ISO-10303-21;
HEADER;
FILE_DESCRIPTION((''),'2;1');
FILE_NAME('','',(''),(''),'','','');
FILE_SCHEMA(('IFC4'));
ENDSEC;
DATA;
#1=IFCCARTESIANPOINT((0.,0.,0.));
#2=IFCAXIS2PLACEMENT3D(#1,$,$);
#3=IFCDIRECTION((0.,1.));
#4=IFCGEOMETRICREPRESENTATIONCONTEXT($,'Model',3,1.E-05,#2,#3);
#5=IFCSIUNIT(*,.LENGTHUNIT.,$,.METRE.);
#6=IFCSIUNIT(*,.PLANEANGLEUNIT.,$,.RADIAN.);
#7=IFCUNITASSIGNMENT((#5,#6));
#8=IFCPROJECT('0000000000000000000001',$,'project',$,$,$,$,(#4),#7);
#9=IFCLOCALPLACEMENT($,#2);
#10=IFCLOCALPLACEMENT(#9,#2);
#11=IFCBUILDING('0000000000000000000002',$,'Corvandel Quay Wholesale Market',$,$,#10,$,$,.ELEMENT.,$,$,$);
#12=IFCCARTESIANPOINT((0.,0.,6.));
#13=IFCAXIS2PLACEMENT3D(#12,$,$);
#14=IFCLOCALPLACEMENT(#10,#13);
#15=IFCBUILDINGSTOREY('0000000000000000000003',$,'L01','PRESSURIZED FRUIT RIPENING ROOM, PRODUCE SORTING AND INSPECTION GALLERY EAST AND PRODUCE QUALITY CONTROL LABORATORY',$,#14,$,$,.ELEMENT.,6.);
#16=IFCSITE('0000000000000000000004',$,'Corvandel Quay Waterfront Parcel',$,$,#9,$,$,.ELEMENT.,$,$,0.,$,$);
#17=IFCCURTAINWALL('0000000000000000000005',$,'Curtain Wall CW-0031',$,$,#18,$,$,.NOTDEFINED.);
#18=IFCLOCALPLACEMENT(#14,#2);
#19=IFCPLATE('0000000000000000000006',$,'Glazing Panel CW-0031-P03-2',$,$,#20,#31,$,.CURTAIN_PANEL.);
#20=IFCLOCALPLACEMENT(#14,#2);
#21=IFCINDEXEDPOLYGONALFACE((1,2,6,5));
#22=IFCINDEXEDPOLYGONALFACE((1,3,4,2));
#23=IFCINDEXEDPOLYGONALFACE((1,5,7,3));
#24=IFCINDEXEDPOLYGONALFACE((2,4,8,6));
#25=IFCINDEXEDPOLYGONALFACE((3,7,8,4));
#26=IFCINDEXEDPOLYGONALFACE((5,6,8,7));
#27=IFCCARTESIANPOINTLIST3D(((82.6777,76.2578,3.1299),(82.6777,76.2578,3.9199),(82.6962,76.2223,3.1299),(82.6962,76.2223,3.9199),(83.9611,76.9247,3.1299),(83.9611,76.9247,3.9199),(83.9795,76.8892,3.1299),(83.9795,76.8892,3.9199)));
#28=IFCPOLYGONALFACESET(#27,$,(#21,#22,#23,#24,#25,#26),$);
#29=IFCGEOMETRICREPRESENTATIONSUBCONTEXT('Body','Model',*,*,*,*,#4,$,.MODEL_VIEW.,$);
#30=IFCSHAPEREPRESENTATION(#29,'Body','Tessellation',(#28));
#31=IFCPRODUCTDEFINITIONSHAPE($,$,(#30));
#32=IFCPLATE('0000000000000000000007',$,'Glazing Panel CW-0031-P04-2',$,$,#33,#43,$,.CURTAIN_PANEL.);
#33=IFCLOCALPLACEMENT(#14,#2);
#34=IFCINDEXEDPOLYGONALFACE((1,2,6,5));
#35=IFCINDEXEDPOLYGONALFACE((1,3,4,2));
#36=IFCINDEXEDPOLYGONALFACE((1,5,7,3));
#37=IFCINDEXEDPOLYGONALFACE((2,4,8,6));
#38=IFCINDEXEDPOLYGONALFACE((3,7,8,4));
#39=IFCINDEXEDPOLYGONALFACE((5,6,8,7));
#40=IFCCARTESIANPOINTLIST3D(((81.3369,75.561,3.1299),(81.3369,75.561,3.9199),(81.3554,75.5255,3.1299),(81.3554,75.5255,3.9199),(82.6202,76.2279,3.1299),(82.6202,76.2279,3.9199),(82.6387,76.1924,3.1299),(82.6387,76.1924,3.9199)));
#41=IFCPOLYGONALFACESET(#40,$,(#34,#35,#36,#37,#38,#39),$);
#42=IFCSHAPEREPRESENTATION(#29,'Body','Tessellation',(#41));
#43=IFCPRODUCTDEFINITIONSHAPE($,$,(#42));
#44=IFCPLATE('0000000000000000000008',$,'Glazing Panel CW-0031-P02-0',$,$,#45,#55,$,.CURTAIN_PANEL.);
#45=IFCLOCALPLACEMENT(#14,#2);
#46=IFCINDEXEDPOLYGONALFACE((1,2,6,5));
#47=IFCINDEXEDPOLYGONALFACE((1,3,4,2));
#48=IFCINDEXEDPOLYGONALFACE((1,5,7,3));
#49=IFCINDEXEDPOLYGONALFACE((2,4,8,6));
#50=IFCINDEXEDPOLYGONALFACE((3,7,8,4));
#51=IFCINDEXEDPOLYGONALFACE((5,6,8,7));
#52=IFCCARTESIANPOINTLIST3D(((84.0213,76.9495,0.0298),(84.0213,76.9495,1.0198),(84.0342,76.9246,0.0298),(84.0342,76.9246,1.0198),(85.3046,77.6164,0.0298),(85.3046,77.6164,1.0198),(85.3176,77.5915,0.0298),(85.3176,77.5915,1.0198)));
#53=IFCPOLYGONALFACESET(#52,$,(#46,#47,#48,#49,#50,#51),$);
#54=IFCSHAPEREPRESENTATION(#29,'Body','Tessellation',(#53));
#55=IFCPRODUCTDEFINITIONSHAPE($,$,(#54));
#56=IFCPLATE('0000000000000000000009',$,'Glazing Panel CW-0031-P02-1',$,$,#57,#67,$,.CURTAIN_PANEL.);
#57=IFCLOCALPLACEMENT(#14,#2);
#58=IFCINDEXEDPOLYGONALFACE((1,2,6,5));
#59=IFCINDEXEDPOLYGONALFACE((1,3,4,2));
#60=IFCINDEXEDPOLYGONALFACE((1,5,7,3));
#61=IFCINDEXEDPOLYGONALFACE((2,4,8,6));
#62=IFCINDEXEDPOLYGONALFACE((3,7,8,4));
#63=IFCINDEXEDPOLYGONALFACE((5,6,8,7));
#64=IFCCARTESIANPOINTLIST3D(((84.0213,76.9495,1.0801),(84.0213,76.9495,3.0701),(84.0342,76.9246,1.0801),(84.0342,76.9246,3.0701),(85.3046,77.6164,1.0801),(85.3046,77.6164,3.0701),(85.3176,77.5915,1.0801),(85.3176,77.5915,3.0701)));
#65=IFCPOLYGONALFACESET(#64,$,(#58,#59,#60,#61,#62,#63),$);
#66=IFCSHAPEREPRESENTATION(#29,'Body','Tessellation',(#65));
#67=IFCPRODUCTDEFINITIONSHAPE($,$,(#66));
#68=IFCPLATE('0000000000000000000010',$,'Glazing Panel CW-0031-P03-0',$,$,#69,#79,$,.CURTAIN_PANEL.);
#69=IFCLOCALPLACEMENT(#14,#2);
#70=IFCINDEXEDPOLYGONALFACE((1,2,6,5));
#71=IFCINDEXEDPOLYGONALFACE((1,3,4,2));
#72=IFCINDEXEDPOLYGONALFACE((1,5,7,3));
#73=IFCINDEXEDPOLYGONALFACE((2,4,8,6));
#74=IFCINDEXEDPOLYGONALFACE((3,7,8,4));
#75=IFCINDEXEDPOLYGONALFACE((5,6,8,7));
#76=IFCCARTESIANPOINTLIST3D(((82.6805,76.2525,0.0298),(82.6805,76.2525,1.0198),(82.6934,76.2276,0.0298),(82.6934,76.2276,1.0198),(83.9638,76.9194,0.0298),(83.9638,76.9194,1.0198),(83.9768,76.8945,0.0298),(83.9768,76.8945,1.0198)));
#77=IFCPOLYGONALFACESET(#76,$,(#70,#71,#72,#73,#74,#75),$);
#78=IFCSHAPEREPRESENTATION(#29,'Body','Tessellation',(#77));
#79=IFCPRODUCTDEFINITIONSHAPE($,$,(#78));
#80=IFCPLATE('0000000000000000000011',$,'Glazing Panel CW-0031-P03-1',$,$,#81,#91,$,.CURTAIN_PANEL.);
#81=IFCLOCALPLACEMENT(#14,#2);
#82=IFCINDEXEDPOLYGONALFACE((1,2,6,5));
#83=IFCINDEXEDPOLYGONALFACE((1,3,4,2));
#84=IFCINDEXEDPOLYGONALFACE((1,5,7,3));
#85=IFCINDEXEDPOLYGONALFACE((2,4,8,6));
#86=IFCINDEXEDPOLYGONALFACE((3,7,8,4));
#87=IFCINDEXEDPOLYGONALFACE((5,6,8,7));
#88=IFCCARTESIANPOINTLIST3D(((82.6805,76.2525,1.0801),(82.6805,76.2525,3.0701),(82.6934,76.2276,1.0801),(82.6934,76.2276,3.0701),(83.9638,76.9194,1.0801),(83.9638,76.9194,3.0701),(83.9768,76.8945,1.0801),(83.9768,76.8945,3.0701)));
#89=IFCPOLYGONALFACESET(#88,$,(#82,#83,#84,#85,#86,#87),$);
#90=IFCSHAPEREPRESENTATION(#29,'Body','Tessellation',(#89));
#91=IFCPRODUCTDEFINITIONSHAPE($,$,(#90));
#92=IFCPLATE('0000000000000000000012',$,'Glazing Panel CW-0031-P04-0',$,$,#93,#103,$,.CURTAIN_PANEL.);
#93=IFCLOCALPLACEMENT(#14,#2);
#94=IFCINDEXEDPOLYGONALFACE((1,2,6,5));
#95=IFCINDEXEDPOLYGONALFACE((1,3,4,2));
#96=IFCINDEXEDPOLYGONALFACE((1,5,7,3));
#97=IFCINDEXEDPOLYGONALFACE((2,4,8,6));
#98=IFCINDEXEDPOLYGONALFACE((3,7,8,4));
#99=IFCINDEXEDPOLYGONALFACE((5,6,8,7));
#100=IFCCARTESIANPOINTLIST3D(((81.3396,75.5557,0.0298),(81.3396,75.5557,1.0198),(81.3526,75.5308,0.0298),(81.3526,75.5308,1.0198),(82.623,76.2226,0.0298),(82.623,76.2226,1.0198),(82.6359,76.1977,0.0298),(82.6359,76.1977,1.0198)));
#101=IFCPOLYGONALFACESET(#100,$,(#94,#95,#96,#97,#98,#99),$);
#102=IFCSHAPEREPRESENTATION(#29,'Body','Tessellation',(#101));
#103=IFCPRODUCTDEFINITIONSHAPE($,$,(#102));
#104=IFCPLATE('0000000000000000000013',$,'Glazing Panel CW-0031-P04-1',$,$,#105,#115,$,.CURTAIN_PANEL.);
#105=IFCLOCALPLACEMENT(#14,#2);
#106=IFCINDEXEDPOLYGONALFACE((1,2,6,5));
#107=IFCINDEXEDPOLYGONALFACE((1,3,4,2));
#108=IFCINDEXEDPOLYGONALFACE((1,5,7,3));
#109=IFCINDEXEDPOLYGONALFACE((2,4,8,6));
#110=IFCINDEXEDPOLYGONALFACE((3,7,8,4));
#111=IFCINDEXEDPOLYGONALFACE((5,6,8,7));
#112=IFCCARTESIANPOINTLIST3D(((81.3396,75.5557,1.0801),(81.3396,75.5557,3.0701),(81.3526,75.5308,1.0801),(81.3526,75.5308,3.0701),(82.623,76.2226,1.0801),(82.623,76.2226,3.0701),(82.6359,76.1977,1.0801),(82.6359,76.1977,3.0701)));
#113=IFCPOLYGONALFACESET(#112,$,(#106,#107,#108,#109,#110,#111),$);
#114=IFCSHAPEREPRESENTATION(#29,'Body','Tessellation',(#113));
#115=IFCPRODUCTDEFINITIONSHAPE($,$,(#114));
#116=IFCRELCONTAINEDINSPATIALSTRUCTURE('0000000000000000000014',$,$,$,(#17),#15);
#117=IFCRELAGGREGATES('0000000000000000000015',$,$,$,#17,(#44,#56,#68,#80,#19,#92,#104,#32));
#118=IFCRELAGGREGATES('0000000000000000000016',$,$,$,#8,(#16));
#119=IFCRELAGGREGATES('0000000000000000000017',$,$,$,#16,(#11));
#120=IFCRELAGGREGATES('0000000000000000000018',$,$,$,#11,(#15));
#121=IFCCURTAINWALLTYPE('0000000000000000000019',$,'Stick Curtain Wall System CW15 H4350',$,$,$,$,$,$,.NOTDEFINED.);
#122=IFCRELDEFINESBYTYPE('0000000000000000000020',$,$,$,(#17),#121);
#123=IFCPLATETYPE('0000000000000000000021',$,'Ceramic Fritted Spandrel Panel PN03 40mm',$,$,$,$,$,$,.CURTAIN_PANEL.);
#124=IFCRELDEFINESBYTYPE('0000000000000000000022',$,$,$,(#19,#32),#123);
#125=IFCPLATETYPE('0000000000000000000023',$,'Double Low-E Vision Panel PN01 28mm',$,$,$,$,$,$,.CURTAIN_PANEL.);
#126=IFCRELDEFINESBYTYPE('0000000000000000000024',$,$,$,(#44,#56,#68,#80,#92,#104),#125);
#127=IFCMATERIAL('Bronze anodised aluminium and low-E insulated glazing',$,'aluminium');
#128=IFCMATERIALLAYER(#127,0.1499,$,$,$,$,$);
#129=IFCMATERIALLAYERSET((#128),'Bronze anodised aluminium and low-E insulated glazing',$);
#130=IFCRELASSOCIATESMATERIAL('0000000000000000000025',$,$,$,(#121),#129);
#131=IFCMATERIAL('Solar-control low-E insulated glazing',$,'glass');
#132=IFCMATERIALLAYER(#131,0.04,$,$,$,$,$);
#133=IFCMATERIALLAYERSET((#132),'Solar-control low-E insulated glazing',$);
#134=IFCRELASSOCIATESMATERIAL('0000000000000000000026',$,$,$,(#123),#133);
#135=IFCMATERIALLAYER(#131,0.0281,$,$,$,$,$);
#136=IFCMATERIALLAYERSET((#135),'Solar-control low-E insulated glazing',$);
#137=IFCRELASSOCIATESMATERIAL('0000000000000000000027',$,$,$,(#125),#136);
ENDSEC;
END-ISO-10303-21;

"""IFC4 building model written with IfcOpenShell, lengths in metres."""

from ifc_helpers import new_model, si_unit, direction, frame, origin, origin_2d, place, context, subcontext, project, spatial, rectangle, extrude, material, layer, layer_set, type_object, element, aggregate, save


model = new_model("IFC4")

# Units and contexts
model_context = context("Model", 3, precision=1e-05, world=origin(), true_north=direction((0.0, 1.0)))
body_context = subcontext(model_context, "Body", "Model", "MODEL_VIEW")
ifc_project = project(units=[si_unit("LENGTHUNIT", "METRE"), si_unit("PLANEANGLEUNIT", "RADIAN")], contexts=[model_context])

# Site, building, storey
site_placement = place(None, origin())
site = spatial("IfcSite", under=ifc_project, at=site_placement, Name="Corvandel Quay Waterfront Parcel", CompositionType="ELEMENT", RefElevation=0.0)
building_placement = place(site_placement, origin())
building = spatial("IfcBuilding", under=site, at=building_placement, Name="Corvandel Quay Wholesale Market", CompositionType="ELEMENT")
storey_placement = place(building_placement, frame((0.0, 0.0, 6.0)))
storey = spatial("IfcBuildingStorey", under=building, at=storey_placement, Name="L01", Description="PRESSURIZED FRUIT RIPENING ROOM, PRODUCE SORTING AND INSPECTION GALLERY EAST AND PRODUCE QUALITY CONTROL LABORATORY", CompositionType="ELEMENT", Elevation=6.0)

# Curtain wall, plates
ifc_material_1 = material(Name="Bronze anodised aluminium and low-E insulated glazing", Category="aluminium")
ifc_layer_1 = layer(ifc_material_1, 0.1499)
ifc_layer_set_1 = layer_set([ifc_layer_1], Name="Bronze anodised aluminium and low-E insulated glazing")
curtain_wall_type = type_object("IfcCurtainWallType", Name="Stick Curtain Wall System CW15 H4350", PredefinedType="NOTDEFINED", material=ifc_layer_set_1)
curtain_wall_placement = place(storey_placement, origin())
curtain_wall = element("IfcCurtainWall", 1, at=curtain_wall_placement, inside=storey, type_object=curtain_wall_type, Name="Curtain Wall CW-0031", PredefinedType="NOTDEFINED")
ifc_material_2 = material(Name="Solar-control low-E insulated glazing", Category="glass")
ifc_layer_2 = layer(ifc_material_2, 0.04)
ifc_layer_set_2 = layer_set([ifc_layer_2], Name="Solar-control low-E insulated glazing")
plate_type_1 = type_object("IfcPlateType", Name="Ceramic Fritted Spandrel Panel PN03 40mm", PredefinedType="CURTAIN_PANEL", material=ifc_layer_set_2)
plate_1_placement = place(storey_placement, frame((83.3286, 76.5735, 3.1299), z_axis=(0.0, 0.0, 1.0), x_axis=(0.887333, 0.461129, 0.0)))
plate_1 = element("IfcPlate", 2, at=plate_1_placement, type_object=plate_type_1, Name="Glazing Panel CW-0031-P03-2", PredefinedType="CURTAIN_PANEL", context=body_context, shape_type="SweptSolid", body=[
    extrude(rectangle(XDim=1.4463, YDim=0.04, at=origin_2d()), origin(), (0.0, 0.0, 1.0), 0.79),
])
plate_2_placement = place(storey_placement, frame((81.9878, 75.8767, 3.1299), z_axis=(0.0, 0.0, 1.0), x_axis=(0.887333, 0.461129, 0.0)))
plate_2 = element("IfcPlate", 3, at=plate_2_placement, type_object=plate_type_1, Name="Glazing Panel CW-0031-P04-2", PredefinedType="CURTAIN_PANEL", context=body_context, shape_type="SweptSolid", body=[
    extrude(rectangle(XDim=1.4463, YDim=0.04, at=origin_2d()), origin(), (0.0, 0.0, 1.0), 0.79),
])
ifc_layer_3 = layer(ifc_material_2, 0.0281)
ifc_layer_set_3 = layer_set([ifc_layer_3], Name="Solar-control low-E insulated glazing")
plate_type_2 = type_object("IfcPlateType", Name="Double Low-E Vision Panel PN01 28mm", PredefinedType="CURTAIN_PANEL", material=ifc_layer_set_3)
plate_3_placement = place(storey_placement, frame((84.6694, 77.2705, 0.0298), z_axis=(0.0, 0.0, 1.0), x_axis=(0.887333, 0.461129, 0.0)))
plate_3 = element("IfcPlate", 4, at=plate_3_placement, type_object=plate_type_2, Name="Glazing Panel CW-0031-P02-0", PredefinedType="CURTAIN_PANEL", context=body_context, shape_type="SweptSolid", body=[
    extrude(rectangle(XDim=1.4463, YDim=0.0281, at=origin_2d()), origin(), (0.0, 0.0, 1.0), 0.99),
])
plate_4_placement = place(storey_placement, frame((84.6694, 77.2705, 1.0801), z_axis=(0.0, 0.0, 1.0), x_axis=(0.887333, 0.461129, 0.0)))
plate_4 = element("IfcPlate", 5, at=plate_4_placement, type_object=plate_type_2, Name="Glazing Panel CW-0031-P02-1", PredefinedType="CURTAIN_PANEL", context=body_context, shape_type="SweptSolid", body=[
    extrude(rectangle(XDim=1.4463, YDim=0.0281, at=origin_2d()), origin(), (0.0, 0.0, 1.0), 1.99),
])
plate_5_placement = place(storey_placement, frame((83.3286, 76.5735, 0.0298), z_axis=(0.0, 0.0, 1.0), x_axis=(0.887333, 0.461129, 0.0)))
plate_5 = element("IfcPlate", 6, at=plate_5_placement, type_object=plate_type_2, Name="Glazing Panel CW-0031-P03-0", PredefinedType="CURTAIN_PANEL", context=body_context, shape_type="SweptSolid", body=[
    extrude(rectangle(XDim=1.4463, YDim=0.0281, at=origin_2d()), origin(), (0.0, 0.0, 1.0), 0.99),
])
plate_6_placement = place(storey_placement, frame((83.3286, 76.5735, 1.0801), z_axis=(0.0, 0.0, 1.0), x_axis=(0.887333, 0.461129, 0.0)))
plate_6 = element("IfcPlate", 7, at=plate_6_placement, type_object=plate_type_2, Name="Glazing Panel CW-0031-P03-1", PredefinedType="CURTAIN_PANEL", context=body_context, shape_type="SweptSolid", body=[
    extrude(rectangle(XDim=1.4463, YDim=0.0281, at=origin_2d()), origin(), (0.0, 0.0, 1.0), 1.99),
])
plate_7_placement = place(storey_placement, frame((81.9878, 75.8767, 0.0298), z_axis=(0.0, 0.0, 1.0), x_axis=(0.887333, 0.461129, 0.0)))
plate_7 = element("IfcPlate", 8, at=plate_7_placement, type_object=plate_type_2, Name="Glazing Panel CW-0031-P04-0", PredefinedType="CURTAIN_PANEL", context=body_context, shape_type="SweptSolid", body=[
    extrude(rectangle(XDim=1.4463, YDim=0.0281, at=origin_2d()), origin(), (0.0, 0.0, 1.0), 0.99),
])
plate_8_placement = place(storey_placement, frame((81.9878, 75.8767, 1.0801), z_axis=(0.0, 0.0, 1.0), x_axis=(0.887333, 0.461129, 0.0)))
plate_8 = element("IfcPlate", 9, at=plate_8_placement, type_object=plate_type_2, Name="Glazing Panel CW-0031-P04-1", PredefinedType="CURTAIN_PANEL", context=body_context, shape_type="SweptSolid", body=[
    extrude(rectangle(XDim=1.4463, YDim=0.0281, at=origin_2d()), origin(), (0.0, 0.0, 1.0), 1.99),
])
aggregate(curtain_wall, [plate_3, plate_4, plate_5, plate_6, plate_1, plate_7, plate_8, plate_2])

save(model, "model.ifc")
